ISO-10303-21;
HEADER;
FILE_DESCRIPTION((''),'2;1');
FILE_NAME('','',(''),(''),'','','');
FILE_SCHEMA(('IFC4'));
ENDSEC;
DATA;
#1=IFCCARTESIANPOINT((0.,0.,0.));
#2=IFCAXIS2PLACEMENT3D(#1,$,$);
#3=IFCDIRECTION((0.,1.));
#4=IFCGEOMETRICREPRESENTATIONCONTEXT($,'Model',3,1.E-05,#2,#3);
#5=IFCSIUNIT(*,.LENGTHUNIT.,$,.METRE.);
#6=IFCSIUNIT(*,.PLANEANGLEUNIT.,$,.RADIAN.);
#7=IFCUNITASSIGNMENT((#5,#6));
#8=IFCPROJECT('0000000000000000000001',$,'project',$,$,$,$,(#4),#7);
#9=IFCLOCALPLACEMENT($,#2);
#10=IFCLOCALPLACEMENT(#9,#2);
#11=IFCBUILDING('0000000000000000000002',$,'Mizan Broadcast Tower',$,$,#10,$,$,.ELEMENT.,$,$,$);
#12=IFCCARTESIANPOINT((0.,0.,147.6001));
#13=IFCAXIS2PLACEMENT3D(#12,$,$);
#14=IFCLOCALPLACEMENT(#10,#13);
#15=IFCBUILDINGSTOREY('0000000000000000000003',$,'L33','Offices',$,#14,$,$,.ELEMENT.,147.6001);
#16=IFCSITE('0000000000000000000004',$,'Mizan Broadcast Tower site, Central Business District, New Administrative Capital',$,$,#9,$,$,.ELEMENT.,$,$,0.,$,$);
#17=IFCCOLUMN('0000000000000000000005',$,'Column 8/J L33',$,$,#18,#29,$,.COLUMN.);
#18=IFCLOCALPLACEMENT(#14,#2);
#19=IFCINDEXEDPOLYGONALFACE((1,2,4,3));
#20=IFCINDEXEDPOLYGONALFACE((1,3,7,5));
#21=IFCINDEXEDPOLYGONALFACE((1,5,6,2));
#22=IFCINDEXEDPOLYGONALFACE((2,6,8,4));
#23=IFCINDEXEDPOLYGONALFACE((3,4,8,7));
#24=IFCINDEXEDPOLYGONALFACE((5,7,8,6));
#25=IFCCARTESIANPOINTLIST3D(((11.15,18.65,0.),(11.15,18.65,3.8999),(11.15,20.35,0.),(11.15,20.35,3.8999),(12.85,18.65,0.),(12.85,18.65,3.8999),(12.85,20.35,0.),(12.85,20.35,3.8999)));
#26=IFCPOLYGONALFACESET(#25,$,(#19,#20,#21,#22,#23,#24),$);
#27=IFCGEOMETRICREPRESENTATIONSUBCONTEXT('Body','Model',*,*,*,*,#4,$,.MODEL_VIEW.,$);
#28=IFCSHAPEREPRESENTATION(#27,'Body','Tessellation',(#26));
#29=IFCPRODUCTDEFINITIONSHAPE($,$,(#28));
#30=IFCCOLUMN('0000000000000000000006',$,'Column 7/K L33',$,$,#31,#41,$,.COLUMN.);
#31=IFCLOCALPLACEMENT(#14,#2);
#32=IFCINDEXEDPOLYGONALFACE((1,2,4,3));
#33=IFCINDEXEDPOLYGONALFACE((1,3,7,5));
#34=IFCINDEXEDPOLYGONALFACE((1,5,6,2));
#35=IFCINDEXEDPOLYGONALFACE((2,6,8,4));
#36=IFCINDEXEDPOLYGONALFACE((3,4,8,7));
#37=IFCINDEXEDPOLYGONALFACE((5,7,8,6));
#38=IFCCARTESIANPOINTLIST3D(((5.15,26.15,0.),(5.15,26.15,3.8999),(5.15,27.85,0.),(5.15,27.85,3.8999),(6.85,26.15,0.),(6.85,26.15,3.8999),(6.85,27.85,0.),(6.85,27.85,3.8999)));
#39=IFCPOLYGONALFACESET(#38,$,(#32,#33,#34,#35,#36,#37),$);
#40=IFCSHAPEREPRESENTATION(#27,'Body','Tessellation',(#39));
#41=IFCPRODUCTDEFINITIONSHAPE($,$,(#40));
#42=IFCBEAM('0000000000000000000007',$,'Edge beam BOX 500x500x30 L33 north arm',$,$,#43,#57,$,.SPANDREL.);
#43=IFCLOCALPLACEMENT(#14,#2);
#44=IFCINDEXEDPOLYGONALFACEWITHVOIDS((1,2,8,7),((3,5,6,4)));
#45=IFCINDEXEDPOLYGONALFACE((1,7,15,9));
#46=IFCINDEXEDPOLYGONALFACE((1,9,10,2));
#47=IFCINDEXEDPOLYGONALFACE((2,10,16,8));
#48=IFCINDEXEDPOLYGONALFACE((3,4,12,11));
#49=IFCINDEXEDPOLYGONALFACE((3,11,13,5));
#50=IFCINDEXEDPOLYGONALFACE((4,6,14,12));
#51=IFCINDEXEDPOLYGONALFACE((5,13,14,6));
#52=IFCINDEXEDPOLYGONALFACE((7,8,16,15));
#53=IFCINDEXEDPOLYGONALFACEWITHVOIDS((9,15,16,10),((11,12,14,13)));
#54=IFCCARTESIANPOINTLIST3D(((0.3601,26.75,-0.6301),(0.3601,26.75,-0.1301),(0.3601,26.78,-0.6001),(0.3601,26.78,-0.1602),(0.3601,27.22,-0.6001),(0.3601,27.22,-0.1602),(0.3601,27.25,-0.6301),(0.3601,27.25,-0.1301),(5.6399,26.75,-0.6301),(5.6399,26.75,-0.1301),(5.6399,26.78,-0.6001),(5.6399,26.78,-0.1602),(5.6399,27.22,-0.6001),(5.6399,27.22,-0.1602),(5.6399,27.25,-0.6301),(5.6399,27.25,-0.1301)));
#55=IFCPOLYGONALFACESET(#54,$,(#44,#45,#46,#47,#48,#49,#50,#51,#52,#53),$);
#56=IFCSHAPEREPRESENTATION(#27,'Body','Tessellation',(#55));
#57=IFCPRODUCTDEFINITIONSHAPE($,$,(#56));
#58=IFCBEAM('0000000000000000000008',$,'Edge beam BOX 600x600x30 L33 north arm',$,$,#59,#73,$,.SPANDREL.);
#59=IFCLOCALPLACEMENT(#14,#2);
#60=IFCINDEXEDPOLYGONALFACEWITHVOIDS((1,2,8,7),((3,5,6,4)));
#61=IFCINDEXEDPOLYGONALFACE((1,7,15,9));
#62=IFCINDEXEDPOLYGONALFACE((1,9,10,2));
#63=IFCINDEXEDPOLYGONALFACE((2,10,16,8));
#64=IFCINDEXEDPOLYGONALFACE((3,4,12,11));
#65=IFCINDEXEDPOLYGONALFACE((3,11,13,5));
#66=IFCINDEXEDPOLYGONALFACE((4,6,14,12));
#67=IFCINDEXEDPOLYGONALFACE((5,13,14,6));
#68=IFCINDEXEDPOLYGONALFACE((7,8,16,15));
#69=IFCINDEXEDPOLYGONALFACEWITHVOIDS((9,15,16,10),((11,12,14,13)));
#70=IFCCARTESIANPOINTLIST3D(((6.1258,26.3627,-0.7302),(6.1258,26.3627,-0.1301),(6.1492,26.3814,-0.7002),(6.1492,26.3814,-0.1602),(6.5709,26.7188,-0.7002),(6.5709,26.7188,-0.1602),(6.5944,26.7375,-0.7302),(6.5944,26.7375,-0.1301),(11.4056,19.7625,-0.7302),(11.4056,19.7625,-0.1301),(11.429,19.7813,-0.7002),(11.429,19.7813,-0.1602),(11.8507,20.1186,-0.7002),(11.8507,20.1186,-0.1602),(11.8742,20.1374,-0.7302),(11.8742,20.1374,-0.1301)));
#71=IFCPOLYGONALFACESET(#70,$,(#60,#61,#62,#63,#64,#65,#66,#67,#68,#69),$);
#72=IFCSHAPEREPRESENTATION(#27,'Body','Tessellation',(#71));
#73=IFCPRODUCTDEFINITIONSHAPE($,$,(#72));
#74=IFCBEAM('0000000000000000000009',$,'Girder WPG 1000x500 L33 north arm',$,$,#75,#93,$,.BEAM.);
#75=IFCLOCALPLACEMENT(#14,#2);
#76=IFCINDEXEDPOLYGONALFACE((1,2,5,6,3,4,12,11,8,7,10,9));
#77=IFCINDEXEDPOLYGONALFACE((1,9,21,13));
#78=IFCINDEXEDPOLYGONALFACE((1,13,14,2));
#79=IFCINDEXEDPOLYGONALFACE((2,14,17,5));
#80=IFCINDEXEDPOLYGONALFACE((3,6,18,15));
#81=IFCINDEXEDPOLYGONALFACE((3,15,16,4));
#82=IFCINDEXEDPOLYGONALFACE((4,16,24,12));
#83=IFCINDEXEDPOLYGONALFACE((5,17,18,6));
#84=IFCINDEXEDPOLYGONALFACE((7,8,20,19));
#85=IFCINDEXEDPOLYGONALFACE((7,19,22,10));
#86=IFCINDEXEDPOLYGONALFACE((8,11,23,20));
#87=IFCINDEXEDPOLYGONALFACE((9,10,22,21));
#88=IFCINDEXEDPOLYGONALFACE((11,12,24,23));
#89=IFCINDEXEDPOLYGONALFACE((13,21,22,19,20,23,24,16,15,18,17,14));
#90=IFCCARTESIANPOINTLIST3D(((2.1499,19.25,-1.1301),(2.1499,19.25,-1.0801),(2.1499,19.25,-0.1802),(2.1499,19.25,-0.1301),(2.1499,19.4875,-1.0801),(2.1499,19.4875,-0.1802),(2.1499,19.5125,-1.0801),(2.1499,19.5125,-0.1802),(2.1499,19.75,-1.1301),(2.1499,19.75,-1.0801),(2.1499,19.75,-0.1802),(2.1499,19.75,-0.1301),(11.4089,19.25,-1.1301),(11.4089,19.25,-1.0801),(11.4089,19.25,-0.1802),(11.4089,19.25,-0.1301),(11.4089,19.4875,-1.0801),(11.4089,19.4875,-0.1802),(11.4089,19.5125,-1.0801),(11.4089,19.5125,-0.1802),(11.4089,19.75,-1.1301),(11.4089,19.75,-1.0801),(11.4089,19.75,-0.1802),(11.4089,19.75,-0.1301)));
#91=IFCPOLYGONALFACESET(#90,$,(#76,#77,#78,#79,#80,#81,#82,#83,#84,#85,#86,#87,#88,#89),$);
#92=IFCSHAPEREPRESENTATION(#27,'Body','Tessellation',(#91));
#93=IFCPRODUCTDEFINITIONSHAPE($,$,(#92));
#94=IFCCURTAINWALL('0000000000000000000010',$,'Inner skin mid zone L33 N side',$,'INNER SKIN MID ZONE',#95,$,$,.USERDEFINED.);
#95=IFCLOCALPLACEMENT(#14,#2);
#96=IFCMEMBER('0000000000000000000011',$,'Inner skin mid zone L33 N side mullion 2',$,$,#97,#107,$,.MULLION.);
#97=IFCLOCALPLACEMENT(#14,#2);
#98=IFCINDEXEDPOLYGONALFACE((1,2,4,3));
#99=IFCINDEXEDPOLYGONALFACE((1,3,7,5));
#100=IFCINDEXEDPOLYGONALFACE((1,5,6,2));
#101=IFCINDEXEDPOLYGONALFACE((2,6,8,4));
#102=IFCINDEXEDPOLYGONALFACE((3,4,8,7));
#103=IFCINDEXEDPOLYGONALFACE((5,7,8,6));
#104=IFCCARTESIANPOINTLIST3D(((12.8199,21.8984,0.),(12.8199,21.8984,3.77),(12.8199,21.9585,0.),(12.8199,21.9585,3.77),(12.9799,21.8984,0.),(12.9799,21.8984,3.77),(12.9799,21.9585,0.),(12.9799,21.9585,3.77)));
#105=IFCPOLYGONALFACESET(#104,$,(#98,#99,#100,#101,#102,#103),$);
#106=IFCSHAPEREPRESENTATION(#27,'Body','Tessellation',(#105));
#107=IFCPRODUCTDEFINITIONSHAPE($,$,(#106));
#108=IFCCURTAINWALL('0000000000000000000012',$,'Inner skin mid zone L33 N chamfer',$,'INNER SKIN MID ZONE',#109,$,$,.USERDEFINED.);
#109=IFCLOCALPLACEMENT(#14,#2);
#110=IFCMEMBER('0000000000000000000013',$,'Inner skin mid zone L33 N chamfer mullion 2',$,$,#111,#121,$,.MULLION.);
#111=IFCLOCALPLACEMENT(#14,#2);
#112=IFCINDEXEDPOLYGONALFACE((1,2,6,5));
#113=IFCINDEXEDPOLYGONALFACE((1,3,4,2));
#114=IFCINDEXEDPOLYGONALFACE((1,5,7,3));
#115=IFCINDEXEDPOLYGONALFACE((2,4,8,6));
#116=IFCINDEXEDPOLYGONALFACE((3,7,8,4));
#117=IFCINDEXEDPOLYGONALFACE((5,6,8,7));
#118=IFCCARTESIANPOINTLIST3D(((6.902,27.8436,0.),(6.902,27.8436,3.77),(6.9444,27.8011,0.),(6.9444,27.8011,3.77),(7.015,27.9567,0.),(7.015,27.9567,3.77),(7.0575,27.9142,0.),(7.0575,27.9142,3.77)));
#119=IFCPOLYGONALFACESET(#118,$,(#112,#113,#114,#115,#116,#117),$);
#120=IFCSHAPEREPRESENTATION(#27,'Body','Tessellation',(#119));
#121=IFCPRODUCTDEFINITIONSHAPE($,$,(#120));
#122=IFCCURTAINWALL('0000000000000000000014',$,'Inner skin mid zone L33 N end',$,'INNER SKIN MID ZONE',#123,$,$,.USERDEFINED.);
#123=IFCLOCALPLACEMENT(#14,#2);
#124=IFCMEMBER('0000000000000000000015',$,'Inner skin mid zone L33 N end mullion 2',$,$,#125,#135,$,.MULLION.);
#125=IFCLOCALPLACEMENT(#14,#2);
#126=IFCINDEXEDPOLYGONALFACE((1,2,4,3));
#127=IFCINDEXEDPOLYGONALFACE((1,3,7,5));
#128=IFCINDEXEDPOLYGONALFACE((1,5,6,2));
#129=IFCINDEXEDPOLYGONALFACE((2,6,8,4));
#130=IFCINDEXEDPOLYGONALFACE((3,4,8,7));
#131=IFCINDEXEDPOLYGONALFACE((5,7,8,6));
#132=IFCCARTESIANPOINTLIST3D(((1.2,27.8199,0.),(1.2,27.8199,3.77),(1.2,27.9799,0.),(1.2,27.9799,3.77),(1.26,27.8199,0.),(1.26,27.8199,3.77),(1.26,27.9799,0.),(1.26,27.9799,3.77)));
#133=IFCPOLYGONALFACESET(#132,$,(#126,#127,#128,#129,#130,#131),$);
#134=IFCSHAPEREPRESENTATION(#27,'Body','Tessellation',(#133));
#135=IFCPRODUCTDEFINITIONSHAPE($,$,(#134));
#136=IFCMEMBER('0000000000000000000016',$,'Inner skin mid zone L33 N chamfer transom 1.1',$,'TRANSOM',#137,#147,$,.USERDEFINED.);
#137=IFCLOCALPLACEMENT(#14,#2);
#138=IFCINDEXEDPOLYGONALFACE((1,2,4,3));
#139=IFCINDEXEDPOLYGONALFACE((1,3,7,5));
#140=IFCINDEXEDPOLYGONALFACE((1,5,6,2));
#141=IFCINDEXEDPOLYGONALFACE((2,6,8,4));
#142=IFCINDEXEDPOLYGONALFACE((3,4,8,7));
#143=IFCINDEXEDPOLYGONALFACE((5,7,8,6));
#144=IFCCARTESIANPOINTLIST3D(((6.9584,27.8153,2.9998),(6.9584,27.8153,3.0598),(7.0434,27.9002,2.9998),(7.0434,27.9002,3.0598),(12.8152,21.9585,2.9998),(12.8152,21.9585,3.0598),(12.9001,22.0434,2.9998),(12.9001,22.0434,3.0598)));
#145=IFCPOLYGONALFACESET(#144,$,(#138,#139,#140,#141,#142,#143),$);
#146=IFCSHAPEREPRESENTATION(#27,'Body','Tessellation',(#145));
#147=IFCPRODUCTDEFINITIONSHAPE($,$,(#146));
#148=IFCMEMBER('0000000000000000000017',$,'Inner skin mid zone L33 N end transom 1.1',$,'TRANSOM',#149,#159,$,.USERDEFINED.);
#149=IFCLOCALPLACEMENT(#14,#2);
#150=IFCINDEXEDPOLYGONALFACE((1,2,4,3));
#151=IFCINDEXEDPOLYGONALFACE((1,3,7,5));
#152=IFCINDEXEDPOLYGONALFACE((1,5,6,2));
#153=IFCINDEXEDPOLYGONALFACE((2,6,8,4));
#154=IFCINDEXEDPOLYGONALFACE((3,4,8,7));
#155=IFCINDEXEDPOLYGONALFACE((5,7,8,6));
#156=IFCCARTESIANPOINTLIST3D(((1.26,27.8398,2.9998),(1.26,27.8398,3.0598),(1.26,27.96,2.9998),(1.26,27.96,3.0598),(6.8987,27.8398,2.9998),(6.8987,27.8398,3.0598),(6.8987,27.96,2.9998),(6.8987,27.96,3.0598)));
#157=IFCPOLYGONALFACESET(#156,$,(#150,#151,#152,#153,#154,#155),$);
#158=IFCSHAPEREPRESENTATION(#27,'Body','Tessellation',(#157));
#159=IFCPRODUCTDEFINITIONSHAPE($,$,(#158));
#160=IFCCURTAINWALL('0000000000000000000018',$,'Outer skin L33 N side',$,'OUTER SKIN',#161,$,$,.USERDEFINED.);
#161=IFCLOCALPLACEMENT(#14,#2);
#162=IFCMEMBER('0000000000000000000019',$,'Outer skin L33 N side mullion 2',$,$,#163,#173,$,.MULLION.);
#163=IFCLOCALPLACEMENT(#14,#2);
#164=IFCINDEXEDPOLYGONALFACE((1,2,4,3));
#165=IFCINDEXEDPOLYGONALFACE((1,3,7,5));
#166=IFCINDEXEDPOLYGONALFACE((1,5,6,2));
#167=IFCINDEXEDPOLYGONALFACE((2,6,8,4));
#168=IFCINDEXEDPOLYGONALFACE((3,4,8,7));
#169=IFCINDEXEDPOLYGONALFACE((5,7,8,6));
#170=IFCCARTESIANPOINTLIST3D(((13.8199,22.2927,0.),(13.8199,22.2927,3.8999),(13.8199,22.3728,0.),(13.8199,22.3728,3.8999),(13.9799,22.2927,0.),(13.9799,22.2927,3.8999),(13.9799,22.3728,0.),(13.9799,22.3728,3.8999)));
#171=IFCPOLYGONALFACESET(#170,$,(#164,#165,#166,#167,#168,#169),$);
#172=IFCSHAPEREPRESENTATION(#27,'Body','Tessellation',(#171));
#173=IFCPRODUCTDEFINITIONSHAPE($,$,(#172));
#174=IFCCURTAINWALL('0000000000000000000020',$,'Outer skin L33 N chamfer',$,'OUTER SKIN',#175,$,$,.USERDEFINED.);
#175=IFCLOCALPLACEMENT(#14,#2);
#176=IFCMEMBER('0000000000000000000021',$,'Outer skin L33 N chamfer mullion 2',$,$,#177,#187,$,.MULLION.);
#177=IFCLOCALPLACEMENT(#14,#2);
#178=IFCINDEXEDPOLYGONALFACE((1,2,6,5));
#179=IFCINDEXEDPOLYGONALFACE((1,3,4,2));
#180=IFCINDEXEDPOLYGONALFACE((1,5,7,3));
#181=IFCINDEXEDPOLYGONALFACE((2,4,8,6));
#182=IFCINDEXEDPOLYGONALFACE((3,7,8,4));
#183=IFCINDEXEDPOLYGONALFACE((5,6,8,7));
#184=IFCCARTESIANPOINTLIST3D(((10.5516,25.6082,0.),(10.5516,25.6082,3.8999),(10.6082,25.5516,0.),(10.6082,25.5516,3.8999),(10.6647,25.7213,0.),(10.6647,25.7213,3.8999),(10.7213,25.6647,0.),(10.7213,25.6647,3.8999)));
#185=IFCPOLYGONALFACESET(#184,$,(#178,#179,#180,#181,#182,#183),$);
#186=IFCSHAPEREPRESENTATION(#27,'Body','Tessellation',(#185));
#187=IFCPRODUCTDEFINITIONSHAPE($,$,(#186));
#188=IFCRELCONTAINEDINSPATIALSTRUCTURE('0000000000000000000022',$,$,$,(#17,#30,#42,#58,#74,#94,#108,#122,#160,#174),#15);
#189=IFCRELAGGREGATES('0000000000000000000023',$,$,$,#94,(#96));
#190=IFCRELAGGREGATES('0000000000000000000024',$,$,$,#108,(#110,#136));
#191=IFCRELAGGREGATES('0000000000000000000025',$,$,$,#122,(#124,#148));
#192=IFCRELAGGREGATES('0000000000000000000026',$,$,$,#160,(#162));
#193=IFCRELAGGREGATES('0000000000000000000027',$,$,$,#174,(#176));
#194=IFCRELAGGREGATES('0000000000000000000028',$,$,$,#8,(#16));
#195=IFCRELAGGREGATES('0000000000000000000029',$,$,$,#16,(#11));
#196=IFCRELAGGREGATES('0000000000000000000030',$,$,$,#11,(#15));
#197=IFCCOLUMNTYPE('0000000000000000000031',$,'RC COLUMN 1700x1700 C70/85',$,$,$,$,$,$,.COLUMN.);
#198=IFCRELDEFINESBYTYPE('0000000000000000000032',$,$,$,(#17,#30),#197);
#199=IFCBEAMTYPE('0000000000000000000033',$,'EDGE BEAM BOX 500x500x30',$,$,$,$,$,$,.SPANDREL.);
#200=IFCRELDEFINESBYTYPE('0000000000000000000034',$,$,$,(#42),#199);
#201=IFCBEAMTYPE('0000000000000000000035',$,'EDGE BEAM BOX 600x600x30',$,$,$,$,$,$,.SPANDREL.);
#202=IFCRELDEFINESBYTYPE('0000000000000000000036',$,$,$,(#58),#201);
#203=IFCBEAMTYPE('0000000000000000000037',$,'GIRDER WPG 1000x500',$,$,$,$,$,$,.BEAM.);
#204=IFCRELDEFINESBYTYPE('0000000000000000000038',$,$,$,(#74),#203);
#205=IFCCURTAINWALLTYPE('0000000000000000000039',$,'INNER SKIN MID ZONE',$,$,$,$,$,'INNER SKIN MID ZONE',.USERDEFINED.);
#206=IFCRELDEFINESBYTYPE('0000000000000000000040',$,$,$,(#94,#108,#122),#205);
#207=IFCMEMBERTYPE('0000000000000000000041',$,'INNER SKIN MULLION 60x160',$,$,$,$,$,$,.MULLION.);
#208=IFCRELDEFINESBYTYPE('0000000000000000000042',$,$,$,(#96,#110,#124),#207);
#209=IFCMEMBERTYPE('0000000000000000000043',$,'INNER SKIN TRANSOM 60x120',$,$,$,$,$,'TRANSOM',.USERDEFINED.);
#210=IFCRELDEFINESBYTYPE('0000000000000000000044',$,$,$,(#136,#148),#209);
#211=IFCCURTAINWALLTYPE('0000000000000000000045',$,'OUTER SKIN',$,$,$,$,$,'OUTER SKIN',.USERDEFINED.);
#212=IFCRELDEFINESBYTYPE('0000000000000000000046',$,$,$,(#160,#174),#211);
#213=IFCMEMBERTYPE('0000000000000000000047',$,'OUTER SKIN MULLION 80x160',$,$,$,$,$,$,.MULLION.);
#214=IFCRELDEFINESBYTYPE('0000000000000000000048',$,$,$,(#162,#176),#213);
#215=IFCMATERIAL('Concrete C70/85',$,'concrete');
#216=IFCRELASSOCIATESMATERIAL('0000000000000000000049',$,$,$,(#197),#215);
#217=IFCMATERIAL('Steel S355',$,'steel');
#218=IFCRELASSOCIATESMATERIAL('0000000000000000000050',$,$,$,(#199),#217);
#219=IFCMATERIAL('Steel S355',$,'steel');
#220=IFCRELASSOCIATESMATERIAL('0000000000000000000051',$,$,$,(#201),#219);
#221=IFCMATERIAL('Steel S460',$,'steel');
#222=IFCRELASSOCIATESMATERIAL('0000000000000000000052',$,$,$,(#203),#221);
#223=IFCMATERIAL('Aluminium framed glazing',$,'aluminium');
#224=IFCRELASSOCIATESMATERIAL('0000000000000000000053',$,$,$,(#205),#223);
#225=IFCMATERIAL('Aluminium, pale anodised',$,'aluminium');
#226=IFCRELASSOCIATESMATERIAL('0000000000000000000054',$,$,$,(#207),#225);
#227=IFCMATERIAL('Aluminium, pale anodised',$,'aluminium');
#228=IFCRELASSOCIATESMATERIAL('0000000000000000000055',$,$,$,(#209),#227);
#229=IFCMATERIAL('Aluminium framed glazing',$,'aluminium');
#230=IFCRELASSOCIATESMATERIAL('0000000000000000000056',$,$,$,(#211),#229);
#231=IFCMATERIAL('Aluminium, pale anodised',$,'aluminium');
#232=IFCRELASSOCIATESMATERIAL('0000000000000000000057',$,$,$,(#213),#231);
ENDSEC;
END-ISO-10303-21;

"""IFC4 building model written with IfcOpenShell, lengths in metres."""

from ifc_helpers import new_model, si_unit, direction, frame, origin, origin_2d, place, context, subcontext, project, spatial, rectangle, hollow_rectangle, i_section, extrude, material, material_profile, profile_set, type_object, element, aggregate, save


model = new_model("IFC4")

# Units and contexts
model_context = context("Model", 3, precision=1e-05, world=origin(), true_north=direction((0.0, 1.0)))
body_context = subcontext(model_context, "Body", "Model", "MODEL_VIEW")
ifc_project = project(units=[si_unit("LENGTHUNIT", "METRE"), si_unit("PLANEANGLEUNIT", "RADIAN")], contexts=[model_context])

# Site, building, storey
site_placement = place(None, origin())
site = spatial("IfcSite", under=ifc_project, at=site_placement, Name="Mizan Broadcast Tower site, Central Business District, New Administrative Capital", CompositionType="ELEMENT", RefElevation=0.0)
building_placement = place(site_placement, origin())
building = spatial("IfcBuilding", under=site, at=building_placement, Name="Mizan Broadcast Tower", CompositionType="ELEMENT")
storey_placement = place(building_placement, frame((0.0, 0.0, 147.6001)))
storey = spatial("IfcBuildingStorey", under=building, at=storey_placement, Name="L33", Description="Offices", CompositionType="ELEMENT", Elevation=147.6001)

# Columns
ifc_material_1 = material(Name="Concrete C70/85", Category="concrete")
ifc_material_profile_1 = material_profile(ifc_material_1, rectangle(XDim=1.7, YDim=1.7, at=origin_2d()), Name="RC 1700x1700")
ifc_profile_set_1 = profile_set([ifc_material_profile_1], Name="Concrete C70/85")
column_type = type_object("IfcColumnType", Name="RC COLUMN 1700x1700 C70/85", PredefinedType="COLUMN", material=ifc_profile_set_1)
for number, where, z_axis, x_axis, name in (
    (1, (12.0, 19.5, 0.0), (0.0, 0.0, 1.0), (1.0, 0.0, 0.0), "Column 8/J L33"),
    (2, (6.0, 27.0, 0.0), (0.0, 0.0, 1.0), (1.0, 0.0, 0.0), "Column 7/K L33"),
):
    element("IfcColumn", number, at=place(storey_placement, frame(where, z_axis=z_axis, x_axis=x_axis)), inside=storey, type_object=column_type, Name=name, PredefinedType="COLUMN", context=body_context, shape_type="SweptSolid", body=[
        extrude(rectangle(XDim=1.7, YDim=1.7, at=origin_2d()), origin(), (0.0, 0.0, 1.0), 3.8999),
    ])

# Beams
ifc_material_2 = material(Name="Steel S355", Category="steel")
ifc_material_profile_2 = material_profile(ifc_material_2, hollow_rectangle(XDim=0.5, YDim=0.5, WallThickness=0.03, at=origin_2d()), Name="BOX 500x500x30")
ifc_profile_set_2 = profile_set([ifc_material_profile_2], Name="Steel S355")
beam_type_1 = type_object("IfcBeamType", Name="EDGE BEAM BOX 500x500x30", PredefinedType="SPANDREL", material=ifc_profile_set_2)
beam_1_placement = place(storey_placement, frame((5.6399, 27.0, -0.3801), z_axis=(-1.0, 0.0, 0.0), x_axis=(0.0, -1.0, 0.0)))
element("IfcBeam", 3, at=beam_1_placement, inside=storey, type_object=beam_type_1, Name="Edge beam BOX 500x500x30 L33 north arm", PredefinedType="SPANDREL", context=body_context, shape_type="SweptSolid", body=[
    extrude(hollow_rectangle(XDim=0.5, YDim=0.5, WallThickness=0.03, at=origin_2d()), origin(), (0.0, 0.0, 1.0), 5.2798),
])
ifc_material_3 = material(Name="Steel S355", Category="steel")
ifc_material_profile_3 = material_profile(ifc_material_3, hollow_rectangle(XDim=0.6001, YDim=0.6001, WallThickness=0.03, at=origin_2d()), Name="BOX 600x600x30")
ifc_profile_set_3 = profile_set([ifc_material_profile_3], Name="Steel S355")
beam_type_2 = type_object("IfcBeamType", Name="EDGE BEAM BOX 600x600x30", PredefinedType="SPANDREL", material=ifc_profile_set_3)
beam_2_placement = place(storey_placement, frame((11.6399, 19.95, -0.4302), z_axis=(-0.624674, 0.780886, 0.0), x_axis=(-0.780886, -0.624674, 0.0)))
element("IfcBeam", 4, at=beam_2_placement, inside=storey, type_object=beam_type_2, Name="Edge beam BOX 600x600x30 L33 north arm", PredefinedType="SPANDREL", context=body_context, shape_type="SweptSolid", body=[
    extrude(hollow_rectangle(XDim=0.6001, YDim=0.6001, WallThickness=0.03, at=origin_2d()), origin(), (0.0, 0.0, 1.0), 8.4521),
])
ifc_material_4 = material(Name="Steel S460", Category="steel")
ifc_material_profile_4 = material_profile(ifc_material_4, i_section(OverallWidth=0.5, OverallDepth=1.0, WebThickness=0.0249, FlangeThickness=0.05, at=origin_2d()), Name="WPG 1000x500")
ifc_profile_set_4 = profile_set([ifc_material_profile_4], Name="Steel S460")
beam_type_3 = type_object("IfcBeamType", Name="GIRDER WPG 1000x500", PredefinedType="BEAM", material=ifc_profile_set_4)
beam_3_placement = place(storey_placement, frame((11.4089, 19.5, -0.6301), z_axis=(-1.0, 0.0, 0.0), x_axis=(0.0, -1.0, 0.0)))
element("IfcBeam", 5, at=beam_3_placement, inside=storey, type_object=beam_type_3, Name="Girder WPG 1000x500 L33 north arm", PredefinedType="BEAM", context=body_context, shape_type="SweptSolid", body=[
    extrude(i_section(OverallWidth=0.5, OverallDepth=1.0, WebThickness=0.0249, FlangeThickness=0.05, at=origin_2d()), origin(), (0.0, 0.0, 1.0), 9.259),
])

# Curtain walls, members
ifc_material_5 = material(Name="Aluminium framed glazing", Category="aluminium")
curtain_wall_type_1 = type_object("IfcCurtainWallType", Name="INNER SKIN MID ZONE", ElementType="INNER SKIN MID ZONE", PredefinedType="USERDEFINED", material=ifc_material_5)
curtain_wall_1_placement = place(storey_placement, origin())
curtain_wall_1 = element("IfcCurtainWall", 6, at=curtain_wall_1_placement, inside=storey, type_object=curtain_wall_type_1, Name="Inner skin mid zone L33 N side", ObjectType="INNER SKIN MID ZONE", PredefinedType="USERDEFINED")
ifc_material_6 = material(Name="Aluminium, pale anodised", Category="aluminium")
ifc_material_profile_5 = material_profile(ifc_material_6, rectangle(XDim=0.1599, YDim=0.0601, at=origin_2d()), Name="MULLION 160x60")
ifc_profile_set_5 = profile_set([ifc_material_profile_5], Name="Aluminium, pale anodised")
member_type_1 = type_object("IfcMemberType", Name="INNER SKIN MULLION 60x160", PredefinedType="MULLION", material=ifc_profile_set_5)
member_1_placement = place(storey_placement, frame((12.8999, 21.9285, 0.0), z_axis=(0.0, 0.0, 1.0), x_axis=(-1.0, 0.0, 0.0)))
member_1 = element("IfcMember", 7, at=member_1_placement, type_object=member_type_1, Name="Inner skin mid zone L33 N side mullion 2", PredefinedType="MULLION", context=body_context, shape_type="SweptSolid", body=[
    extrude(rectangle(XDim=0.1599, YDim=0.0601, at=origin_2d()), origin(), (0.0, 0.0, 1.0), 3.77),
])
curtain_wall_2_placement = place(storey_placement, origin())
curtain_wall_2 = element("IfcCurtainWall", 8, at=curtain_wall_2_placement, inside=storey, type_object=curtain_wall_type_1, Name="Inner skin mid zone L33 N chamfer", ObjectType="INNER SKIN MID ZONE", PredefinedType="USERDEFINED")
member_2_placement = place(storey_placement, frame((6.9797, 27.8789, 0.0), z_axis=(0.0, 0.0, 1.0), x_axis=(-0.707107, -0.707107, 0.0)))
member_2 = element("IfcMember", 9, at=member_2_placement, type_object=member_type_1, Name="Inner skin mid zone L33 N chamfer mullion 2", PredefinedType="MULLION", context=body_context, shape_type="SweptSolid", body=[
    extrude(rectangle(XDim=0.1599, YDim=0.0601, at=origin_2d()), origin(), (0.0, 0.0, 1.0), 3.77),
])
curtain_wall_3_placement = place(storey_placement, origin())
curtain_wall_3 = element("IfcCurtainWall", 10, at=curtain_wall_3_placement, inside=storey, type_object=curtain_wall_type_1, Name="Inner skin mid zone L33 N end", ObjectType="INNER SKIN MID ZONE", PredefinedType="USERDEFINED")
member_3_placement = place(storey_placement, frame((1.23, 27.8999, 0.0), z_axis=(0.0, 0.0, 1.0), x_axis=(0.0, -1.0, 0.0)))
member_3 = element("IfcMember", 11, at=member_3_placement, type_object=member_type_1, Name="Inner skin mid zone L33 N end mullion 2", PredefinedType="MULLION", context=body_context, shape_type="SweptSolid", body=[
    extrude(rectangle(XDim=0.1599, YDim=0.0601, at=origin_2d()), origin(), (0.0, 0.0, 1.0), 3.77),
])

# Members
ifc_material_7 = material(Name="Aluminium, pale anodised", Category="aluminium")
ifc_material_profile_6 = material_profile(ifc_material_7, rectangle(XDim=0.1201, YDim=0.0601, at=origin_2d()), Name="TRANSOM 120x60")
ifc_profile_set_6 = profile_set([ifc_material_profile_6], Name="Aluminium, pale anodised")
member_type_2 = type_object("IfcMemberType", Name="INNER SKIN TRANSOM 60x120", ElementType="TRANSOM", PredefinedType="USERDEFINED", material=ifc_profile_set_6)
member_4_placement = place(storey_placement, frame((12.8577, 22.001, 3.0298), z_axis=(-0.707107, 0.707107, 0.0), x_axis=(-0.707107, -0.707107, 0.0)))
member_4 = element("IfcMember", 12, at=member_4_placement, type_object=member_type_2, Name="Inner skin mid zone L33 N chamfer transom 1.1", ObjectType="TRANSOM", PredefinedType="USERDEFINED", context=body_context, shape_type="SweptSolid", body=[
    extrude(rectangle(XDim=0.1201, YDim=0.0601, at=origin_2d()), origin(), (0.0, 0.0, 1.0), 8.2827),
])
member_5_placement = place(storey_placement, frame((6.8987, 27.8999, 3.0298), z_axis=(-1.0, 0.0, 0.0), x_axis=(0.0, -1.0, 0.0)))
member_5 = element("IfcMember", 13, at=member_5_placement, type_object=member_type_2, Name="Inner skin mid zone L33 N end transom 1.1", ObjectType="TRANSOM", PredefinedType="USERDEFINED", context=body_context, shape_type="SweptSolid", body=[
    extrude(rectangle(XDim=0.1201, YDim=0.0601, at=origin_2d()), origin(), (0.0, 0.0, 1.0), 5.6387),
])

# Curtain wall, member
ifc_material_8 = material(Name="Aluminium framed glazing", Category="aluminium")
curtain_wall_type_2 = type_object("IfcCurtainWallType", Name="OUTER SKIN", ElementType="OUTER SKIN", PredefinedType="USERDEFINED", material=ifc_material_8)
curtain_wall_4_placement = place(storey_placement, origin())
curtain_wall_4 = element("IfcCurtainWall", 14, at=curtain_wall_4_placement, inside=storey, type_object=curtain_wall_type_2, Name="Outer skin L33 N side", ObjectType="OUTER SKIN", PredefinedType="USERDEFINED")
ifc_material_9 = material(Name="Aluminium, pale anodised", Category="aluminium")
ifc_material_profile_7 = material_profile(ifc_material_9, rectangle(XDim=0.1599, YDim=0.0801, at=origin_2d()), Name="MULLION 160x80")
ifc_profile_set_7 = profile_set([ifc_material_profile_7], Name="Aluminium, pale anodised")
member_type_3 = type_object("IfcMemberType", Name="OUTER SKIN MULLION 80x160", PredefinedType="MULLION", material=ifc_profile_set_7)
member_6_placement = place(storey_placement, frame((13.8999, 22.3328, 0.0), z_axis=(0.0, 0.0, 1.0), x_axis=(-1.0, 0.0, 0.0)))
member_6 = element("IfcMember", 15, at=member_6_placement, type_object=member_type_3, Name="Outer skin L33 N side mullion 2", PredefinedType="MULLION", context=body_context, shape_type="SweptSolid", body=[
    extrude(rectangle(XDim=0.1599, YDim=0.0801, at=origin_2d()), origin(), (0.0, 0.0, 1.0), 3.8999),
])

# Curtain wall, member
curtain_wall_5_placement = place(storey_placement, origin())
curtain_wall_5 = element("IfcCurtainWall", 16, at=curtain_wall_5_placement, inside=storey, type_object=curtain_wall_type_2, Name="Outer skin L33 N chamfer", ObjectType="OUTER SKIN", PredefinedType="USERDEFINED")
member_7_placement = place(storey_placement, frame((10.6365, 25.6365, 0.0), z_axis=(0.0, 0.0, 1.0), x_axis=(-0.707107, -0.707107, 0.0)))
member_7 = element("IfcMember", 17, at=member_7_placement, type_object=member_type_3, Name="Outer skin L33 N chamfer mullion 2", PredefinedType="MULLION", context=body_context, shape_type="SweptSolid", body=[
    extrude(rectangle(XDim=0.1599, YDim=0.0801, at=origin_2d()), origin(), (0.0, 0.0, 1.0), 3.8999),
])

aggregate(curtain_wall_1, [member_1])
aggregate(curtain_wall_2, [member_2, member_4])
aggregate(curtain_wall_3, [member_3, member_5])
aggregate(curtain_wall_4, [member_6])
aggregate(curtain_wall_5, [member_7])

save(model, "model.ifc")
